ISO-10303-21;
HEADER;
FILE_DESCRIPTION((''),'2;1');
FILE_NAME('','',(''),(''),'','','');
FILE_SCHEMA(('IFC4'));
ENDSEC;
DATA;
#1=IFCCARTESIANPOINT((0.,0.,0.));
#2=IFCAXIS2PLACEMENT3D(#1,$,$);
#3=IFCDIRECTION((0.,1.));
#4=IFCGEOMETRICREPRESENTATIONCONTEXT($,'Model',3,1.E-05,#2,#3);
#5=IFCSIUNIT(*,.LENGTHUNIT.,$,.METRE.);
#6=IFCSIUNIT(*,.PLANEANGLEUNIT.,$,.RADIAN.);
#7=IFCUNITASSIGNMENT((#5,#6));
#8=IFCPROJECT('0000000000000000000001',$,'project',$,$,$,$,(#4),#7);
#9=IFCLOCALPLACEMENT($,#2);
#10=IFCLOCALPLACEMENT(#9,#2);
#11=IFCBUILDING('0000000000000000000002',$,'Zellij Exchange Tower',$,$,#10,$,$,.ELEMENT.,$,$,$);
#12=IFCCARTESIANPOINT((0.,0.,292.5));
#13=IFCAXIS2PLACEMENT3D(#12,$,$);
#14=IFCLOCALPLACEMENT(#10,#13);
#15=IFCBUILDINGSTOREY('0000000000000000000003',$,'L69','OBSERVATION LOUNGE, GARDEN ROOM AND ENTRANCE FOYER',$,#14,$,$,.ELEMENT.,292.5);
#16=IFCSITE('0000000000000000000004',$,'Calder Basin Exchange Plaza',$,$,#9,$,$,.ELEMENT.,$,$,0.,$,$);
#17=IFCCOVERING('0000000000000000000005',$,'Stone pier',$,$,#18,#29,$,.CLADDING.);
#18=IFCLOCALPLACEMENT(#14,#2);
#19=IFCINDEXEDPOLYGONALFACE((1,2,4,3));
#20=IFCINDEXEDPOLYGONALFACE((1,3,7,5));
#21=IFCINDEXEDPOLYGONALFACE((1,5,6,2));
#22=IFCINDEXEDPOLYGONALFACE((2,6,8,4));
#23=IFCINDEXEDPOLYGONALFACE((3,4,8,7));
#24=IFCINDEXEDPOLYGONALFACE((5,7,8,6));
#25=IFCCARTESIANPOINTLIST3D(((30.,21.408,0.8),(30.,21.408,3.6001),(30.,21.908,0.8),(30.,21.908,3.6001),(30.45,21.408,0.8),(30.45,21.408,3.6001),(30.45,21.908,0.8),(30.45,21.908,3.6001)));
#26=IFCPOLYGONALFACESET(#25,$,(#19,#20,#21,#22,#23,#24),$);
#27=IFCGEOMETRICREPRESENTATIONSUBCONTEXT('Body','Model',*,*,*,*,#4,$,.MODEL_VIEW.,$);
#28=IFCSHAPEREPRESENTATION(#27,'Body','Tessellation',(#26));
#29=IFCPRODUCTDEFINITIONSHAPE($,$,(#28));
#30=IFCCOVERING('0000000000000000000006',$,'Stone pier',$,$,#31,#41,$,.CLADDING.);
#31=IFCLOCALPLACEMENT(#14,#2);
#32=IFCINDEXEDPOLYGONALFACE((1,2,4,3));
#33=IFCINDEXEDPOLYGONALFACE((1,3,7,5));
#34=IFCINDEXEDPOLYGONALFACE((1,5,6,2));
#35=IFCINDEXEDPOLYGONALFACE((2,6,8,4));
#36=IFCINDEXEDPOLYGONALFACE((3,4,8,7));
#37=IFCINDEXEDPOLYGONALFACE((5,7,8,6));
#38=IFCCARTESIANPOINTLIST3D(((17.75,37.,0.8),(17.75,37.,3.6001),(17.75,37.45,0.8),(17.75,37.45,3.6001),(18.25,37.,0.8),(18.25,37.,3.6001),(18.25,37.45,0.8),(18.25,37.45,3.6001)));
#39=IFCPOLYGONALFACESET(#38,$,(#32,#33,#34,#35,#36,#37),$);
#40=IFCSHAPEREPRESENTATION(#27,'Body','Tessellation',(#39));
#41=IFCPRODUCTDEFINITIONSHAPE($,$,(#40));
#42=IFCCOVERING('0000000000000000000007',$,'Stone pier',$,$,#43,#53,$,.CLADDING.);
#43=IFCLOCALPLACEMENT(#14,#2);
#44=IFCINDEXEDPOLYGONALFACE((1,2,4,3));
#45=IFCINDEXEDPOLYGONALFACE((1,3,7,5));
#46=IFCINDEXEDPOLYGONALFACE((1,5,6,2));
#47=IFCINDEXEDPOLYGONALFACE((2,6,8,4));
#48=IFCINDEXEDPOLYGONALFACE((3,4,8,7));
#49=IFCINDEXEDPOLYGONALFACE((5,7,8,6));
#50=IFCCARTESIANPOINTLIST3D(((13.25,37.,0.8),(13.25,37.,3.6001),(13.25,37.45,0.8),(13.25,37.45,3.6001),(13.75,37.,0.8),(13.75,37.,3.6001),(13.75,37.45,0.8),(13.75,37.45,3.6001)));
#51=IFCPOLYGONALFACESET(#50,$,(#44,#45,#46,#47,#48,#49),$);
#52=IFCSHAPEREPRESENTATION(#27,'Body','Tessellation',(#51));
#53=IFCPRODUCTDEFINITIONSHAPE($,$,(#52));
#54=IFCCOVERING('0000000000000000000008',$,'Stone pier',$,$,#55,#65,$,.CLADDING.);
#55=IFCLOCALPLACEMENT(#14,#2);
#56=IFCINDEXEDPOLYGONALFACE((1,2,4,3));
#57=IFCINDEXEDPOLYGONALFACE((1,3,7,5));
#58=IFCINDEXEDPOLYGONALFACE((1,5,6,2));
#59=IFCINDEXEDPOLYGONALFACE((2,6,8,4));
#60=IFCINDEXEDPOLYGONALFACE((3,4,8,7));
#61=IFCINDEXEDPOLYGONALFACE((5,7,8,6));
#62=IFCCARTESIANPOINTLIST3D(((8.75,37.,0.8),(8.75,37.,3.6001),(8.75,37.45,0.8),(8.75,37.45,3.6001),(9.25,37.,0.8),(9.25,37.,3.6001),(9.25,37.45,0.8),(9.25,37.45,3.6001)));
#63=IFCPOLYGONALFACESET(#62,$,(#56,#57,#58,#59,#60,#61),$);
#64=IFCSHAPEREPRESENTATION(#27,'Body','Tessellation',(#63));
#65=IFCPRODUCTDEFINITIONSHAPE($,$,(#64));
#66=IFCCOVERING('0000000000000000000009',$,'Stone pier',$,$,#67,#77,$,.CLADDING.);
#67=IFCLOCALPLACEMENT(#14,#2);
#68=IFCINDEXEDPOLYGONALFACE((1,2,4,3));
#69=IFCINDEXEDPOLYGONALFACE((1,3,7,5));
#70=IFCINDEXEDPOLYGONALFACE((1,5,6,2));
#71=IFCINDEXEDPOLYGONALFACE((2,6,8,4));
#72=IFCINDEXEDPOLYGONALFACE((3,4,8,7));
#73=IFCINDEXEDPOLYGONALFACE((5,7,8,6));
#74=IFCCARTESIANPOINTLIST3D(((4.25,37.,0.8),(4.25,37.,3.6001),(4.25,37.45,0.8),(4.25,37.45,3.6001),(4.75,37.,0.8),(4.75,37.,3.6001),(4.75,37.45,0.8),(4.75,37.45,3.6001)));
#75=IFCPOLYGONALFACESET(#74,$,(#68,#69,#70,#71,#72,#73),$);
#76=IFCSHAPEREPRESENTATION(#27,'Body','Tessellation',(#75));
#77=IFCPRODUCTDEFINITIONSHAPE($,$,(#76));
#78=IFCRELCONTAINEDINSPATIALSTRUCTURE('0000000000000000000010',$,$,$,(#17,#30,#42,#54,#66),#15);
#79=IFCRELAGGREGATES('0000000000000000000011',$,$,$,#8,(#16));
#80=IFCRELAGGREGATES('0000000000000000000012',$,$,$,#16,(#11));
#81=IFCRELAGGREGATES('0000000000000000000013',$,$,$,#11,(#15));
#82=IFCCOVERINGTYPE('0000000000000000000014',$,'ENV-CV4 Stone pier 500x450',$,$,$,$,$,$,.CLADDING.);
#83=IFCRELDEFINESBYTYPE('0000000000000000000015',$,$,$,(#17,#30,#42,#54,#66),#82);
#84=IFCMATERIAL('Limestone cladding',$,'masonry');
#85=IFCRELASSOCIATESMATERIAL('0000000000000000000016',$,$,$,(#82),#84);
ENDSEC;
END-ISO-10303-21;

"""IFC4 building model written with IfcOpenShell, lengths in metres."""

from ifc_helpers import new_model, si_unit, direction, frame, origin, place, context, subcontext, project, spatial, polyline, outline, extrude, material, type_object, element, save


model = new_model("IFC4")

# Units and contexts
model_context = context("Model", 3, precision=1e-05, world=origin(), true_north=direction((0.0, 1.0)))
body_context = subcontext(model_context, "Body", "Model", "MODEL_VIEW")
ifc_project = project(units=[si_unit("LENGTHUNIT", "METRE"), si_unit("PLANEANGLEUNIT", "RADIAN")], contexts=[model_context])

# Site, building, storey
site_placement = place(None, origin())
site = spatial("IfcSite", under=ifc_project, at=site_placement, Name="Calder Basin Exchange Plaza", CompositionType="ELEMENT", RefElevation=0.0)
building_placement = place(site_placement, origin())
building = spatial("IfcBuilding", under=site, at=building_placement, Name="Zellij Exchange Tower", CompositionType="ELEMENT")
storey_placement = place(building_placement, frame((0.0, 0.0, 292.5)))
storey = spatial("IfcBuildingStorey", under=building, at=storey_placement, Name="L69", Description="OBSERVATION LOUNGE, GARDEN ROOM AND ENTRANCE FOYER", CompositionType="ELEMENT", Elevation=292.5)

# Coverings
ifc_material_1 = material(Name="Limestone cladding", Category="masonry")
covering_type = type_object("IfcCoveringType", Name="ENV-CV4 Stone pier 500x450", PredefinedType="CLADDING", material=ifc_material_1)
covering_1_placement = place(storey_placement, frame((0.0, 0.0, 0.8)))
element("IfcCovering", 1, at=covering_1_placement, inside=storey, type_object=covering_type, Name="Stone pier", PredefinedType="CLADDING", context=body_context, shape_type="SweptSolid", body=[
    extrude(outline(polyline([(30.0, 21.408), (30.0, 21.908), (30.45, 21.908), (30.45, 21.408), (30.0, 21.408)])), origin(), (0.0, 0.0, 1.0), 2.8),
])
covering_2_placement = place(storey_placement, frame((0.0, 0.0, 0.8)))
element("IfcCovering", 2, at=covering_2_placement, inside=storey, type_object=covering_type, Name="Stone pier", PredefinedType="CLADDING", context=body_context, shape_type="SweptSolid", body=[
    extrude(outline(polyline([(18.25, 37.0), (17.75, 37.0), (17.75, 37.45), (18.25, 37.45), (18.25, 37.0)])), origin(), (0.0, 0.0, 1.0), 2.8),
])
covering_3_placement = place(storey_placement, frame((0.0, 0.0, 0.8)))
element("IfcCovering", 3, at=covering_3_placement, inside=storey, type_object=covering_type, Name="Stone pier", PredefinedType="CLADDING", context=body_context, shape_type="SweptSolid", body=[
    extrude(outline(polyline([(13.75, 37.0), (13.25, 37.0), (13.25, 37.45), (13.75, 37.45), (13.75, 37.0)])), origin(), (0.0, 0.0, 1.0), 2.8),
])
covering_4_placement = place(storey_placement, frame((0.0, 0.0, 0.8)))
element("IfcCovering", 4, at=covering_4_placement, inside=storey, type_object=covering_type, Name="Stone pier", PredefinedType="CLADDING", context=body_context, shape_type="SweptSolid", body=[
    extrude(outline(polyline([(9.25, 37.0), (8.75, 37.0), (8.75, 37.45), (9.25, 37.45), (9.25, 37.0)])), origin(), (0.0, 0.0, 1.0), 2.8),
])
covering_5_placement = place(storey_placement, frame((0.0, 0.0, 0.8)))
element("IfcCovering", 5, at=covering_5_placement, inside=storey, type_object=covering_type, Name="Stone pier", PredefinedType="CLADDING", context=body_context, shape_type="SweptSolid", body=[
    extrude(outline(polyline([(4.75, 37.0), (4.25, 37.0), (4.25, 37.45), (4.75, 37.45), (4.75, 37.0)])), origin(), (0.0, 0.0, 1.0), 2.8),
])

save(model, "model.ifc")
